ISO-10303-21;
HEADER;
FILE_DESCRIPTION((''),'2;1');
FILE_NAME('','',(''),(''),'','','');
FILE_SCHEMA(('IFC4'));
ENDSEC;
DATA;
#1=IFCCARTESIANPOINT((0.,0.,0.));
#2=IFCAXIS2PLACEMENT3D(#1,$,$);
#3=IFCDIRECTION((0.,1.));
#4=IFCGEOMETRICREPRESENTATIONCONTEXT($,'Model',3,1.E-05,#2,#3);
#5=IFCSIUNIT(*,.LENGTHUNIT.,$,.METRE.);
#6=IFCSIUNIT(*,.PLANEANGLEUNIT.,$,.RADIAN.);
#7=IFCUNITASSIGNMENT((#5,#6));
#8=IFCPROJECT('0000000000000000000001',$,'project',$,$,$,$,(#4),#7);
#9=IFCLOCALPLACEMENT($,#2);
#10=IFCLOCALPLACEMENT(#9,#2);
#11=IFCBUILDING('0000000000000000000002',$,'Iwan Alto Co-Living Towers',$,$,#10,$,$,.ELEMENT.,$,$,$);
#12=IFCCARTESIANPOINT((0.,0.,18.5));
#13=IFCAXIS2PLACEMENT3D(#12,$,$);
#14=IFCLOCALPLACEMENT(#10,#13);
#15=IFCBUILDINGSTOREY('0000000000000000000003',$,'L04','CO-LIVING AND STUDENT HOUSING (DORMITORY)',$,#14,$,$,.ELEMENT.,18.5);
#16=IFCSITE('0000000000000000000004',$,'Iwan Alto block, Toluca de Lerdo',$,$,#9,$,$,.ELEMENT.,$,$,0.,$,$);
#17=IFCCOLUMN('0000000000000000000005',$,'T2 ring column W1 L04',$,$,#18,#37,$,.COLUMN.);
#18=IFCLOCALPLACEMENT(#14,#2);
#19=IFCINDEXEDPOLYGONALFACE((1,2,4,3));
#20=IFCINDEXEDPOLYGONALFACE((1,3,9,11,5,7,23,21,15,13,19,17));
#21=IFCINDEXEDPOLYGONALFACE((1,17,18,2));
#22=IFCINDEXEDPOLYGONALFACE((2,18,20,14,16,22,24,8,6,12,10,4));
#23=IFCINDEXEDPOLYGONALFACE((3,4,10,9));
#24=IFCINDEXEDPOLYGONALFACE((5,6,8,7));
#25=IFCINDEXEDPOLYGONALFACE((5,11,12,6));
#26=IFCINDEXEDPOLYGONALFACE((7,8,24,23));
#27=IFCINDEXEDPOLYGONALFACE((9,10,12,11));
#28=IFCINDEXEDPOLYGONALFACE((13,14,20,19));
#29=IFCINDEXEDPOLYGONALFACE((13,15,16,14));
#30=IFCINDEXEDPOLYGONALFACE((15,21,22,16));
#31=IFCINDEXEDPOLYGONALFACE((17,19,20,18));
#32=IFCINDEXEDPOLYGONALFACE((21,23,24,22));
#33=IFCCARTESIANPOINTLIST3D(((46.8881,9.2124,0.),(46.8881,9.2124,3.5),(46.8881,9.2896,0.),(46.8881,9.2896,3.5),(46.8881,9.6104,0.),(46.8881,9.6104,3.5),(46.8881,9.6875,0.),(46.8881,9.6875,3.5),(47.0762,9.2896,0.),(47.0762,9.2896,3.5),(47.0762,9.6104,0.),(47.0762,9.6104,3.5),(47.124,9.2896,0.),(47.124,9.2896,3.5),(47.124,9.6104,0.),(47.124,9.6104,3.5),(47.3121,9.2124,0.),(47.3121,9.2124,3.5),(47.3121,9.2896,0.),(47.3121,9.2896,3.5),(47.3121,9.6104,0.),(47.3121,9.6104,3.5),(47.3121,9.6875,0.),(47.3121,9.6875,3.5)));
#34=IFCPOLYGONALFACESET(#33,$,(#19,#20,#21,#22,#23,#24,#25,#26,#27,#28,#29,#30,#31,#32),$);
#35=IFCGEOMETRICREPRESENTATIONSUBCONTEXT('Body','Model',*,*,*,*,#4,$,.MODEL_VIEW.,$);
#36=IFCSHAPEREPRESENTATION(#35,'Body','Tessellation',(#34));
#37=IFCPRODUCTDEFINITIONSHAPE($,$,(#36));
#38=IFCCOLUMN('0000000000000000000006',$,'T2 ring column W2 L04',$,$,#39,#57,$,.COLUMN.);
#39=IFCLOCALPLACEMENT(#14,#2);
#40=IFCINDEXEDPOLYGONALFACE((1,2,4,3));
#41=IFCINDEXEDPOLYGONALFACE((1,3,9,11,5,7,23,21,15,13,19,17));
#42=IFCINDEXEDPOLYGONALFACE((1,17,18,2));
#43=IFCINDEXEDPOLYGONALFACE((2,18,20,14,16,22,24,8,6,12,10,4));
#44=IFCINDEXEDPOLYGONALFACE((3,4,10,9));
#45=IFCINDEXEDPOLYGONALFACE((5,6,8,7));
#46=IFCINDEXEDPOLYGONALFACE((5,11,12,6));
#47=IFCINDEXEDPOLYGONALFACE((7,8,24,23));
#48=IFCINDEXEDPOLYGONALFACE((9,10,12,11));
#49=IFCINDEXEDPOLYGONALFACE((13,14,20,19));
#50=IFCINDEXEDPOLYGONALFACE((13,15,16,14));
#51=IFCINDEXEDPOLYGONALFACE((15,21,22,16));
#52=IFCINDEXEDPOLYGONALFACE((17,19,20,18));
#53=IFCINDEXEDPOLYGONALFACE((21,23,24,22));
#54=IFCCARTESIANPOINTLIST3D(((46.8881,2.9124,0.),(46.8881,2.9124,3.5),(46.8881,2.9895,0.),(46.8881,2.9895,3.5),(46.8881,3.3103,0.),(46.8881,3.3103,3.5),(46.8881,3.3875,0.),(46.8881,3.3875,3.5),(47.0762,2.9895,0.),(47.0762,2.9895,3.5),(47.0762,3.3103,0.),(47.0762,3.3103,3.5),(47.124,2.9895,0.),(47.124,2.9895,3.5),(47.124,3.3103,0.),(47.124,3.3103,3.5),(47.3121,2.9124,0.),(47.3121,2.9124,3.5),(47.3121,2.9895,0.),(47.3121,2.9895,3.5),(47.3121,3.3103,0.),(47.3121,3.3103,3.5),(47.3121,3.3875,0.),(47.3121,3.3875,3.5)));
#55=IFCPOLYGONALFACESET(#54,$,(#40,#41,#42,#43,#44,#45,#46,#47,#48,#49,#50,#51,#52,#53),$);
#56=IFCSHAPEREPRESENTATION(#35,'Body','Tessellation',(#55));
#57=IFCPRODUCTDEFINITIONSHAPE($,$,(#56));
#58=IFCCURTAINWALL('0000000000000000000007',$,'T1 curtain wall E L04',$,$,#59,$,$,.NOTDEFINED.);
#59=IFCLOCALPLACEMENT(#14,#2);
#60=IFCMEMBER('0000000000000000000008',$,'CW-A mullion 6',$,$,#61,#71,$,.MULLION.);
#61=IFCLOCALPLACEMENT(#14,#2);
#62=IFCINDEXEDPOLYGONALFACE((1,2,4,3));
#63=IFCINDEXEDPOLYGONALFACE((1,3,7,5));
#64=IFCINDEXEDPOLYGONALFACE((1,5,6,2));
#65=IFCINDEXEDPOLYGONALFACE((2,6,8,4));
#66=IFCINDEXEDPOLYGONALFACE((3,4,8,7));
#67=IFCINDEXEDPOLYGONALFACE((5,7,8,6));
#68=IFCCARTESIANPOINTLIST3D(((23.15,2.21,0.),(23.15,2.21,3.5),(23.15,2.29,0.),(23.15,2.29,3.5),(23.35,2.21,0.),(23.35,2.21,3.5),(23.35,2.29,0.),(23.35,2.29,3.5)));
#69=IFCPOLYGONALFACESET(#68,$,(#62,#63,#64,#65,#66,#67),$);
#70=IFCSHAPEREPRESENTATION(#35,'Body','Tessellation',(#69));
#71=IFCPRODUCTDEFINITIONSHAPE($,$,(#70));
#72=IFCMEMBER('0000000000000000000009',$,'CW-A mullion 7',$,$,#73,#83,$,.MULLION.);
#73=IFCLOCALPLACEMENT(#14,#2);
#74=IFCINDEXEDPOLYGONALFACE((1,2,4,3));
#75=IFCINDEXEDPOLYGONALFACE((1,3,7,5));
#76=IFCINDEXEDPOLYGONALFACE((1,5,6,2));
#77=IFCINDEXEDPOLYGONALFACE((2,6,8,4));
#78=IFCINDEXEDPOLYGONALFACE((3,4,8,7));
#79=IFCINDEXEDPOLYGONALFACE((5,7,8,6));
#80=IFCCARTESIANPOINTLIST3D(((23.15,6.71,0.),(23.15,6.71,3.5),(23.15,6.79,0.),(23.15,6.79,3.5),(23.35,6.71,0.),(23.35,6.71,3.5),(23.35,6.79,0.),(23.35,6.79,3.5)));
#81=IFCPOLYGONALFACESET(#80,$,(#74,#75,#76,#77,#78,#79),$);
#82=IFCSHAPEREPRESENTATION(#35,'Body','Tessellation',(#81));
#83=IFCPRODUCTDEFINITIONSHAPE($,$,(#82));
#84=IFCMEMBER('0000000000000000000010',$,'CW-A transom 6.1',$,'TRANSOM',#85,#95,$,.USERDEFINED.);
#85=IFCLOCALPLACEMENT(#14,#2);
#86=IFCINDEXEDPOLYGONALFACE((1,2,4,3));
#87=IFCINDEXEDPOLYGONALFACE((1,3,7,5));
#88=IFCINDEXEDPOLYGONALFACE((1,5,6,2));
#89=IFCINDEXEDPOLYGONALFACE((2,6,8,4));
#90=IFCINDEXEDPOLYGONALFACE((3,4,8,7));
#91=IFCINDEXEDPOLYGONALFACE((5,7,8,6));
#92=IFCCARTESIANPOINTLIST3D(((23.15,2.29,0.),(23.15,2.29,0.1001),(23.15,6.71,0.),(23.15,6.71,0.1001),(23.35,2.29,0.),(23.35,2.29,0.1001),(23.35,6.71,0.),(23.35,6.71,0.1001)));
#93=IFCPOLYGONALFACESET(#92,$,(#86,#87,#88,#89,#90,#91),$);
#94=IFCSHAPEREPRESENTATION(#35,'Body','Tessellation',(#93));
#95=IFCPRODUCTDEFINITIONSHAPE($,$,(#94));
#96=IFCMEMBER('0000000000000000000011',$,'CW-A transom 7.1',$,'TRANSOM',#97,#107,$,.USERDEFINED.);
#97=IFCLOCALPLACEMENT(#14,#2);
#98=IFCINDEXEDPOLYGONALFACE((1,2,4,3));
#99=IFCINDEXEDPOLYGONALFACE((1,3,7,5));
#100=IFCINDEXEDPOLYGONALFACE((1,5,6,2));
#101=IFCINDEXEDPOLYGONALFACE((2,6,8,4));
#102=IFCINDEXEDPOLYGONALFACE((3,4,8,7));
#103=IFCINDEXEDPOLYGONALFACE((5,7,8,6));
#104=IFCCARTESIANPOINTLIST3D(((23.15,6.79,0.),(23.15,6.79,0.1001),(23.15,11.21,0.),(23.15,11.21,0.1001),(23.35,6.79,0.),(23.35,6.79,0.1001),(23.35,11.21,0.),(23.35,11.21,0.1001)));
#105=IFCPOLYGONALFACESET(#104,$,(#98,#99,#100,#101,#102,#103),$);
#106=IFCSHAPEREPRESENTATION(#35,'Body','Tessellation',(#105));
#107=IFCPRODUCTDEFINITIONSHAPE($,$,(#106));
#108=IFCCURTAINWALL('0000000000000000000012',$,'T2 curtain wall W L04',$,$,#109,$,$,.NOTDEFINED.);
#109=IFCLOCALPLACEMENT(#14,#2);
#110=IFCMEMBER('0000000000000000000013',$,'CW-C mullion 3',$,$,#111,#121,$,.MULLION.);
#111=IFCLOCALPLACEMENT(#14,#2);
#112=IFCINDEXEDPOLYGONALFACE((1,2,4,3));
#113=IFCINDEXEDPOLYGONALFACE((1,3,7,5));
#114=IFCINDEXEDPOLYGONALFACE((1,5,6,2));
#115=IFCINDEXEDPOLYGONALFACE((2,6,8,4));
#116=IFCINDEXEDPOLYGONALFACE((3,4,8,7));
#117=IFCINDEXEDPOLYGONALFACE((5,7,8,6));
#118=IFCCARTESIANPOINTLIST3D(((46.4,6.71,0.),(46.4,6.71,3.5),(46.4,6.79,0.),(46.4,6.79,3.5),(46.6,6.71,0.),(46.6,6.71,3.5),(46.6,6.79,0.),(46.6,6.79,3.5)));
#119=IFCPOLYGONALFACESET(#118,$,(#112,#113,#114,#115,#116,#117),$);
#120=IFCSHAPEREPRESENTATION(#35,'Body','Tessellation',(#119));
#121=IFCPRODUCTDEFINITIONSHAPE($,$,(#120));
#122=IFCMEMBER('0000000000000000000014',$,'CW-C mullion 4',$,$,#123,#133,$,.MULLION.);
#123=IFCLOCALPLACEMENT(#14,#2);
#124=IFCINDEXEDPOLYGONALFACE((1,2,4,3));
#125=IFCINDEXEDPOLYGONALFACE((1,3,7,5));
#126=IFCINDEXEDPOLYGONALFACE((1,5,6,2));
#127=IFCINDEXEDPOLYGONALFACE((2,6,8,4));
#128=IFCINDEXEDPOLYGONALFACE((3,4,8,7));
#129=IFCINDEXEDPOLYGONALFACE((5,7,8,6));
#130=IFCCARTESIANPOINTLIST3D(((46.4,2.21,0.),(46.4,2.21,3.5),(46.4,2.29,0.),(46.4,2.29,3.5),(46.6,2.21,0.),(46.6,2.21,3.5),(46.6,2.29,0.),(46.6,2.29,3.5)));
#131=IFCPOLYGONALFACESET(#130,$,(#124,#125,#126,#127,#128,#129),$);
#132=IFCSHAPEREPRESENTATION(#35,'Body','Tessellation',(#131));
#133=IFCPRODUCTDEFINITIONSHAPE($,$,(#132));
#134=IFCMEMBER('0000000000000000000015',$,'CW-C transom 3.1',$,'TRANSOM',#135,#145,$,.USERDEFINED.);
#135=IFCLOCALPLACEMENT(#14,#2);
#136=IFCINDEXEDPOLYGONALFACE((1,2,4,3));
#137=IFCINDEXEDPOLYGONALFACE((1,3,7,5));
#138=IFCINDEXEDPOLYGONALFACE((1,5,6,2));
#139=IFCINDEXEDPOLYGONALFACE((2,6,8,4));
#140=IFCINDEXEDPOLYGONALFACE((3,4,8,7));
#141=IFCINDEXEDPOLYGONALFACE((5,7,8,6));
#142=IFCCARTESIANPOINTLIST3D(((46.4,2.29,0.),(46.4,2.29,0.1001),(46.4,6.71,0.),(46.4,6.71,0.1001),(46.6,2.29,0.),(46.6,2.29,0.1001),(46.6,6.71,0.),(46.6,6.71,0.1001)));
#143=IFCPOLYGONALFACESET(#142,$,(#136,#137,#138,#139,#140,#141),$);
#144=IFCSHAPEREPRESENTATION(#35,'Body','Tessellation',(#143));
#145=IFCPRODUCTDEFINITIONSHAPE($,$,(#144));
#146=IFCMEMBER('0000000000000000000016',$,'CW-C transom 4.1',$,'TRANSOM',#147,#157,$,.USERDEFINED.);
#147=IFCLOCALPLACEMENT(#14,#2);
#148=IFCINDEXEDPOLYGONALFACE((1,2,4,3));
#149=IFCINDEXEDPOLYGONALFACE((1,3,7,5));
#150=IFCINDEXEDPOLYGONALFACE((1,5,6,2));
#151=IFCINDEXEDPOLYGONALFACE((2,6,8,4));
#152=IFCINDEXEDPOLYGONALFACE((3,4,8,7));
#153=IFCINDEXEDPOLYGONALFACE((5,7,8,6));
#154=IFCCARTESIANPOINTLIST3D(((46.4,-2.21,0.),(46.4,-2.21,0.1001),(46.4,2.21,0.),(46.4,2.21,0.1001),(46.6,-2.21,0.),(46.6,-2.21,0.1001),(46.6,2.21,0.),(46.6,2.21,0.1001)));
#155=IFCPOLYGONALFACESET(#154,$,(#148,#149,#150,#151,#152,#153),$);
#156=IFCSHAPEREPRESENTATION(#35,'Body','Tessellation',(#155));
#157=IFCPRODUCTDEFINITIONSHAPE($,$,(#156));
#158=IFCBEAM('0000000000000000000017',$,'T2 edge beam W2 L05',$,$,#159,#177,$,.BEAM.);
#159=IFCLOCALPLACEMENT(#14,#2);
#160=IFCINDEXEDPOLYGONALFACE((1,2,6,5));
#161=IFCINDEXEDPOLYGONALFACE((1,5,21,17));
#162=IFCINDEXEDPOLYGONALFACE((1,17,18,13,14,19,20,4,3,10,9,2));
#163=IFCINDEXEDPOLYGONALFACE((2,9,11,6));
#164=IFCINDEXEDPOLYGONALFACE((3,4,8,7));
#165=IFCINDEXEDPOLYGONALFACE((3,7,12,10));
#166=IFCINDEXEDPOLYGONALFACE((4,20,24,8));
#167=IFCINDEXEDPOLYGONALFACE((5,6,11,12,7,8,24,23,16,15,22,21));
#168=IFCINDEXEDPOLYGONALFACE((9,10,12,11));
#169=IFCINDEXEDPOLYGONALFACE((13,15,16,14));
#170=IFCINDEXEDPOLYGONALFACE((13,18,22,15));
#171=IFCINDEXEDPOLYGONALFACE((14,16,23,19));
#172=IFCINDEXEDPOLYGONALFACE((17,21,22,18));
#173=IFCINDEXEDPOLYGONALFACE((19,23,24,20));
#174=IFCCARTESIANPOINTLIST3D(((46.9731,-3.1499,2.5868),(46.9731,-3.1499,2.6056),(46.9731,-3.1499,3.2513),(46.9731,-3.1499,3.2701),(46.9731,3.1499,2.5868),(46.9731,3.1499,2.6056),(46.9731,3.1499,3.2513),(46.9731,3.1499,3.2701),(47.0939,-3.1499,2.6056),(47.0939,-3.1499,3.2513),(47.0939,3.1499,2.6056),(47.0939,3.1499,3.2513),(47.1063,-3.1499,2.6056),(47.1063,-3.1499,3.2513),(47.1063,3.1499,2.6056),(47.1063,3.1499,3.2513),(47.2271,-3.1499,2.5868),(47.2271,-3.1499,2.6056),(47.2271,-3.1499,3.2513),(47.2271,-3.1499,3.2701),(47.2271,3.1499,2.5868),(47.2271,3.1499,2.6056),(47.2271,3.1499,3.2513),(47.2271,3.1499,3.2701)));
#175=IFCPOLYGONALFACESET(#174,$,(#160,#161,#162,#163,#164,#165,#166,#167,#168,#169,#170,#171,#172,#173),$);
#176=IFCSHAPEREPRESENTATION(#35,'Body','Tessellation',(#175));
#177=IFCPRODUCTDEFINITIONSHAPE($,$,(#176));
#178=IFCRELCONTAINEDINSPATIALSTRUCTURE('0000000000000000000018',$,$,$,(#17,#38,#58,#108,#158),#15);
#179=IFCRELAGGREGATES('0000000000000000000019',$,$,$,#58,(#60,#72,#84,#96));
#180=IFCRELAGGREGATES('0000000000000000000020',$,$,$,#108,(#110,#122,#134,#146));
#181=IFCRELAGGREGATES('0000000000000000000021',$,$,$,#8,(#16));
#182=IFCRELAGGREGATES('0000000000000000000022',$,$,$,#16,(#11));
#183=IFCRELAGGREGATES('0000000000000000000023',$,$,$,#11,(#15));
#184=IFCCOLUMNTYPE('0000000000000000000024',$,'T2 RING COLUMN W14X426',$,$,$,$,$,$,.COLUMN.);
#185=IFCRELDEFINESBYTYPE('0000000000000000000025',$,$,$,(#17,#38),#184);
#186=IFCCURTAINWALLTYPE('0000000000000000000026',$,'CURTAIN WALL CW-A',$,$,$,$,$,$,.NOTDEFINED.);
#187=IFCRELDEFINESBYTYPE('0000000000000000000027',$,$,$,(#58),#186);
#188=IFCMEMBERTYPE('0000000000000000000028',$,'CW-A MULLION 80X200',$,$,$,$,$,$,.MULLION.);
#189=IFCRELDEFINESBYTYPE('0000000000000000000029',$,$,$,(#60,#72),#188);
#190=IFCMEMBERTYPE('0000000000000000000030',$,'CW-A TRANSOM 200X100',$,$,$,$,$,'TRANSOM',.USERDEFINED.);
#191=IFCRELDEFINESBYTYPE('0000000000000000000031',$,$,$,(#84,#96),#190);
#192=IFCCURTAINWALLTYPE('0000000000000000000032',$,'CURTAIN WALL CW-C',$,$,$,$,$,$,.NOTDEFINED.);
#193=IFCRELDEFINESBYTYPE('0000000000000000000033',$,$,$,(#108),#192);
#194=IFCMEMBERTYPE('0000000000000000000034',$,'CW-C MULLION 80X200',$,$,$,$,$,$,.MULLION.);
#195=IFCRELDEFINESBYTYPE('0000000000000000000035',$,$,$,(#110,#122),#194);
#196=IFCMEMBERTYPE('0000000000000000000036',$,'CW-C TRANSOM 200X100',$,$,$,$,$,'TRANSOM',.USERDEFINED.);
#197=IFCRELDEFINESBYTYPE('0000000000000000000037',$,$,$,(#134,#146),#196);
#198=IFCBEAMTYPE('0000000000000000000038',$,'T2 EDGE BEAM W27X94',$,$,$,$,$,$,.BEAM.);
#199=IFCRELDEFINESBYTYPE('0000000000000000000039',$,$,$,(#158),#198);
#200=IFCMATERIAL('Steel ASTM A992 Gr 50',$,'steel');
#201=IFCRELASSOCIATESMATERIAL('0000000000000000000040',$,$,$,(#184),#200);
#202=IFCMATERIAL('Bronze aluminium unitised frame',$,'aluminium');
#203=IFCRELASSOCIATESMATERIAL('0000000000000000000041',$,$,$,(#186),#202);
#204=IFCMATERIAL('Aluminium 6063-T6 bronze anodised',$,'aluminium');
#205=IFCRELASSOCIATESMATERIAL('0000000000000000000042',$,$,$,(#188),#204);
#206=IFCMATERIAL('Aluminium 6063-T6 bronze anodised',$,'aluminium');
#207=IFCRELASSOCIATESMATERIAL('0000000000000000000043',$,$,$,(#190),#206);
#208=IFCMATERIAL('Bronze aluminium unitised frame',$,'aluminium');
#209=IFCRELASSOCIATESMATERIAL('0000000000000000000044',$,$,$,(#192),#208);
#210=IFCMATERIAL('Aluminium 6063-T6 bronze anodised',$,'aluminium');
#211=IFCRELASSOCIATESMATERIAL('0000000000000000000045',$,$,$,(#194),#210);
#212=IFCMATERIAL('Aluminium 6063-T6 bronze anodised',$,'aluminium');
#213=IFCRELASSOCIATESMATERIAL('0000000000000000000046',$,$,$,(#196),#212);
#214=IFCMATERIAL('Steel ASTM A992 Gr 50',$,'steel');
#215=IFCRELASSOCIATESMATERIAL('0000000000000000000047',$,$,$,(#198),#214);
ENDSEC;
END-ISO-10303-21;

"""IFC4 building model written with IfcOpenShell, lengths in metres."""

from ifc_helpers import new_model, si_unit, direction, frame, origin, origin_2d, place, context, subcontext, project, spatial, rectangle, i_section, extrude, material, material_profile, profile_set, type_object, element, aggregate, save


model = new_model("IFC4")

# Units and contexts
model_context = context("Model", 3, precision=1e-05, world=origin(), true_north=direction((0.0, 1.0)))
body_context = subcontext(model_context, "Body", "Model", "MODEL_VIEW")
ifc_project = project(units=[si_unit("LENGTHUNIT", "METRE"), si_unit("PLANEANGLEUNIT", "RADIAN")], contexts=[model_context])

# Site, building, storey
site_placement = place(None, origin())
site = spatial("IfcSite", under=ifc_project, at=site_placement, Name="Iwan Alto block, Toluca de Lerdo", CompositionType="ELEMENT", RefElevation=0.0)
building_placement = place(site_placement, origin())
building = spatial("IfcBuilding", under=site, at=building_placement, Name="Iwan Alto Co-Living Towers", CompositionType="ELEMENT")
storey_placement = place(building_placement, frame((0.0, 0.0, 18.5)))
storey = spatial("IfcBuildingStorey", under=building, at=storey_placement, Name="L04", Description="CO-LIVING AND STUDENT HOUSING (DORMITORY)", CompositionType="ELEMENT", Elevation=18.5)

# Columns
ifc_material_1 = material(Name="Steel ASTM A992 Gr 50", Category="steel")
ifc_material_profile_1 = material_profile(ifc_material_1, i_section(OverallWidth=0.4241, OverallDepth=0.4751, WebThickness=0.0479, FlangeThickness=0.0771, at=origin_2d()), Name="W14X426")
ifc_profile_set_1 = profile_set([ifc_material_profile_1], Name="Steel ASTM A992 Gr 50")
column_type = type_object("IfcColumnType", Name="T2 RING COLUMN W14X426", PredefinedType="COLUMN", material=ifc_profile_set_1)
for number, where, z_axis, x_axis, name in (
    (1, (47.1001, 9.45, 0.0), (0.0, 0.0, 1.0), (1.0, 0.0, 0.0), "T2 ring column W1 L04"),
    (2, (47.1001, 3.1499, 0.0), (0.0, 0.0, 1.0), (1.0, 0.0, 0.0), "T2 ring column W2 L04"),
):
    element("IfcColumn", number, at=place(storey_placement, frame(where, z_axis=z_axis, x_axis=x_axis)), inside=storey, type_object=column_type, Name=name, PredefinedType="COLUMN", context=body_context, shape_type="SweptSolid", body=[
        extrude(i_section(OverallWidth=0.4241, OverallDepth=0.4751, WebThickness=0.0479, FlangeThickness=0.0771, at=origin_2d()), origin(), (0.0, 0.0, 1.0), 3.5),
    ])

# Curtain walls, members
ifc_material_2 = material(Name="Bronze aluminium unitised frame", Category="aluminium")
curtain_wall_type_1 = type_object("IfcCurtainWallType", Name="CURTAIN WALL CW-A", PredefinedType="NOTDEFINED", material=ifc_material_2)
curtain_wall_1_placement = place(storey_placement, origin())
curtain_wall_1 = element("IfcCurtainWall", 3, at=curtain_wall_1_placement, inside=storey, type_object=curtain_wall_type_1, Name="T1 curtain wall E L04", PredefinedType="NOTDEFINED")
ifc_material_3 = material(Name="Aluminium 6063-T6 bronze anodised", Category="aluminium")
ifc_material_profile_2 = material_profile(ifc_material_3, rectangle(XDim=0.2, YDim=0.0801, at=origin_2d()), Name="AL 80X200")
ifc_profile_set_2 = profile_set([ifc_material_profile_2], Name="Aluminium 6063-T6 bronze anodised")
member_type_1 = type_object("IfcMemberType", Name="CW-A MULLION 80X200", PredefinedType="MULLION", material=ifc_profile_set_2)
member_1_placement = place(storey_placement, frame((23.25, 2.25, 0.0), z_axis=(0.0, 0.0, 1.0), x_axis=(-1.0, 0.0, 0.0)))
member_1 = element("IfcMember", 4, at=member_1_placement, type_object=member_type_1, Name="CW-A mullion 6", PredefinedType="MULLION", context=body_context, shape_type="SweptSolid", body=[
    extrude(rectangle(XDim=0.2, YDim=0.0801, at=origin_2d()), origin(), (0.0, 0.0, 1.0), 3.5),
])
member_2_placement = place(storey_placement, frame((23.25, 6.75, 0.0), z_axis=(0.0, 0.0, 1.0), x_axis=(-1.0, 0.0, 0.0)))
member_2 = element("IfcMember", 5, at=member_2_placement, type_object=member_type_1, Name="CW-A mullion 7", PredefinedType="MULLION", context=body_context, shape_type="SweptSolid", body=[
    extrude(rectangle(XDim=0.2, YDim=0.0801, at=origin_2d()), origin(), (0.0, 0.0, 1.0), 3.5),
])
ifc_material_4 = material(Name="Aluminium 6063-T6 bronze anodised", Category="aluminium")
ifc_material_profile_3 = material_profile(ifc_material_4, rectangle(XDim=0.2, YDim=0.1001, at=origin_2d()), Name="AL 200X100")
ifc_profile_set_3 = profile_set([ifc_material_profile_3], Name="Aluminium 6063-T6 bronze anodised")
member_type_2 = type_object("IfcMemberType", Name="CW-A TRANSOM 200X100", ElementType="TRANSOM", PredefinedType="USERDEFINED", material=ifc_profile_set_3)
member_3_placement = place(storey_placement, frame((23.25, 2.29, 0.05), z_axis=(0.0, 1.0, 0.0), x_axis=(-1.0, 0.0, 0.0)))
member_3 = element("IfcMember", 6, at=member_3_placement, type_object=member_type_2, Name="CW-A transom 6.1", ObjectType="TRANSOM", PredefinedType="USERDEFINED", context=body_context, shape_type="SweptSolid", body=[
    extrude(rectangle(XDim=0.2, YDim=0.1001, at=origin_2d()), origin(), (0.0, 0.0, 1.0), 4.4199),
])
member_4_placement = place(storey_placement, frame((23.25, 6.79, 0.05), z_axis=(0.0, 1.0, 0.0), x_axis=(-1.0, 0.0, 0.0)))
member_4 = element("IfcMember", 7, at=member_4_placement, type_object=member_type_2, Name="CW-A transom 7.1", ObjectType="TRANSOM", PredefinedType="USERDEFINED", context=body_context, shape_type="SweptSolid", body=[
    extrude(rectangle(XDim=0.2, YDim=0.1001, at=origin_2d()), origin(), (0.0, 0.0, 1.0), 4.4199),
])
ifc_material_5 = material(Name="Bronze aluminium unitised frame", Category="aluminium")
curtain_wall_type_2 = type_object("IfcCurtainWallType", Name="CURTAIN WALL CW-C", PredefinedType="NOTDEFINED", material=ifc_material_5)
curtain_wall_2_placement = place(storey_placement, origin())
curtain_wall_2 = element("IfcCurtainWall", 8, at=curtain_wall_2_placement, inside=storey, type_object=curtain_wall_type_2, Name="T2 curtain wall W L04", PredefinedType="NOTDEFINED")
ifc_material_6 = material(Name="Aluminium 6063-T6 bronze anodised", Category="aluminium")
ifc_material_profile_4 = material_profile(ifc_material_6, rectangle(XDim=0.2, YDim=0.0801, at=origin_2d()), Name="AL 80X200")
ifc_profile_set_4 = profile_set([ifc_material_profile_4], Name="Aluminium 6063-T6 bronze anodised")
member_type_3 = type_object("IfcMemberType", Name="CW-C MULLION 80X200", PredefinedType="MULLION", material=ifc_profile_set_4)
member_5_placement = place(storey_placement, frame((46.5, 6.75, 0.0), z_axis=(0.0, 0.0, 1.0), x_axis=(1.0, 0.0, 0.0)))
member_5 = element("IfcMember", 9, at=member_5_placement, type_object=member_type_3, Name="CW-C mullion 3", PredefinedType="MULLION", context=body_context, shape_type="SweptSolid", body=[
    extrude(rectangle(XDim=0.2, YDim=0.0801, at=origin_2d()), origin(), (0.0, 0.0, 1.0), 3.5),
])
member_6_placement = place(storey_placement, frame((46.5, 2.25, 0.0), z_axis=(0.0, 0.0, 1.0), x_axis=(1.0, 0.0, 0.0)))
member_6 = element("IfcMember", 10, at=member_6_placement, type_object=member_type_3, Name="CW-C mullion 4", PredefinedType="MULLION", context=body_context, shape_type="SweptSolid", body=[
    extrude(rectangle(XDim=0.2, YDim=0.0801, at=origin_2d()), origin(), (0.0, 0.0, 1.0), 3.5),
])
ifc_material_7 = material(Name="Aluminium 6063-T6 bronze anodised", Category="aluminium")
ifc_material_profile_5 = material_profile(ifc_material_7, rectangle(XDim=0.2, YDim=0.1001, at=origin_2d()), Name="AL 200X100")
ifc_profile_set_5 = profile_set([ifc_material_profile_5], Name="Aluminium 6063-T6 bronze anodised")
member_type_4 = type_object("IfcMemberType", Name="CW-C TRANSOM 200X100", ElementType="TRANSOM", PredefinedType="USERDEFINED", material=ifc_profile_set_5)
member_7_placement = place(storey_placement, frame((46.5, 6.71, 0.05), z_axis=(0.0, -1.0, 0.0), x_axis=(1.0, 0.0, 0.0)))
member_7 = element("IfcMember", 11, at=member_7_placement, type_object=member_type_4, Name="CW-C transom 3.1", ObjectType="TRANSOM", PredefinedType="USERDEFINED", context=body_context, shape_type="SweptSolid", body=[
    extrude(rectangle(XDim=0.2, YDim=0.1001, at=origin_2d()), origin(), (0.0, 0.0, 1.0), 4.4199),
])
member_8_placement = place(storey_placement, frame((46.5, 2.21, 0.05), z_axis=(0.0, -1.0, 0.0), x_axis=(1.0, 0.0, 0.0)))
member_8 = element("IfcMember", 12, at=member_8_placement, type_object=member_type_4, Name="CW-C transom 4.1", ObjectType="TRANSOM", PredefinedType="USERDEFINED", context=body_context, shape_type="SweptSolid", body=[
    extrude(rectangle(XDim=0.2, YDim=0.1001, at=origin_2d()), origin(), (0.0, 0.0, 1.0), 4.4199),
])

# Beam
ifc_material_8 = material(Name="Steel ASTM A992 Gr 50", Category="steel")
ifc_material_profile_6 = material_profile(ifc_material_8, i_section(OverallWidth=0.2539, OverallDepth=0.6833, WebThickness=0.0125, FlangeThickness=0.0188, at=origin_2d()), Name="W27X94")
ifc_profile_set_6 = profile_set([ifc_material_profile_6], Name="Steel ASTM A992 Gr 50")
beam_type_1 = type_object("IfcBeamType", Name="T2 EDGE BEAM W27X94", PredefinedType="BEAM", material=ifc_profile_set_6)
beam_1_placement = place(storey_placement, frame((47.1001, 3.1499, 2.9285), z_axis=(0.0, -1.0, 0.0), x_axis=(1.0, 0.0, 0.0)))
element("IfcBeam", 13, at=beam_1_placement, inside=storey, type_object=beam_type_1, Name="T2 edge beam W2 L05", PredefinedType="BEAM", context=body_context, shape_type="SweptSolid", body=[
    extrude(i_section(OverallWidth=0.2539, OverallDepth=0.6833, WebThickness=0.0125, FlangeThickness=0.0188, at=origin_2d()), origin(), (0.0, 0.0, 1.0), 6.2998),
])

aggregate(curtain_wall_1, [member_1, member_2, member_3, member_4])
aggregate(curtain_wall_2, [member_5, member_6, member_7, member_8])

save(model, "model.ifc")
